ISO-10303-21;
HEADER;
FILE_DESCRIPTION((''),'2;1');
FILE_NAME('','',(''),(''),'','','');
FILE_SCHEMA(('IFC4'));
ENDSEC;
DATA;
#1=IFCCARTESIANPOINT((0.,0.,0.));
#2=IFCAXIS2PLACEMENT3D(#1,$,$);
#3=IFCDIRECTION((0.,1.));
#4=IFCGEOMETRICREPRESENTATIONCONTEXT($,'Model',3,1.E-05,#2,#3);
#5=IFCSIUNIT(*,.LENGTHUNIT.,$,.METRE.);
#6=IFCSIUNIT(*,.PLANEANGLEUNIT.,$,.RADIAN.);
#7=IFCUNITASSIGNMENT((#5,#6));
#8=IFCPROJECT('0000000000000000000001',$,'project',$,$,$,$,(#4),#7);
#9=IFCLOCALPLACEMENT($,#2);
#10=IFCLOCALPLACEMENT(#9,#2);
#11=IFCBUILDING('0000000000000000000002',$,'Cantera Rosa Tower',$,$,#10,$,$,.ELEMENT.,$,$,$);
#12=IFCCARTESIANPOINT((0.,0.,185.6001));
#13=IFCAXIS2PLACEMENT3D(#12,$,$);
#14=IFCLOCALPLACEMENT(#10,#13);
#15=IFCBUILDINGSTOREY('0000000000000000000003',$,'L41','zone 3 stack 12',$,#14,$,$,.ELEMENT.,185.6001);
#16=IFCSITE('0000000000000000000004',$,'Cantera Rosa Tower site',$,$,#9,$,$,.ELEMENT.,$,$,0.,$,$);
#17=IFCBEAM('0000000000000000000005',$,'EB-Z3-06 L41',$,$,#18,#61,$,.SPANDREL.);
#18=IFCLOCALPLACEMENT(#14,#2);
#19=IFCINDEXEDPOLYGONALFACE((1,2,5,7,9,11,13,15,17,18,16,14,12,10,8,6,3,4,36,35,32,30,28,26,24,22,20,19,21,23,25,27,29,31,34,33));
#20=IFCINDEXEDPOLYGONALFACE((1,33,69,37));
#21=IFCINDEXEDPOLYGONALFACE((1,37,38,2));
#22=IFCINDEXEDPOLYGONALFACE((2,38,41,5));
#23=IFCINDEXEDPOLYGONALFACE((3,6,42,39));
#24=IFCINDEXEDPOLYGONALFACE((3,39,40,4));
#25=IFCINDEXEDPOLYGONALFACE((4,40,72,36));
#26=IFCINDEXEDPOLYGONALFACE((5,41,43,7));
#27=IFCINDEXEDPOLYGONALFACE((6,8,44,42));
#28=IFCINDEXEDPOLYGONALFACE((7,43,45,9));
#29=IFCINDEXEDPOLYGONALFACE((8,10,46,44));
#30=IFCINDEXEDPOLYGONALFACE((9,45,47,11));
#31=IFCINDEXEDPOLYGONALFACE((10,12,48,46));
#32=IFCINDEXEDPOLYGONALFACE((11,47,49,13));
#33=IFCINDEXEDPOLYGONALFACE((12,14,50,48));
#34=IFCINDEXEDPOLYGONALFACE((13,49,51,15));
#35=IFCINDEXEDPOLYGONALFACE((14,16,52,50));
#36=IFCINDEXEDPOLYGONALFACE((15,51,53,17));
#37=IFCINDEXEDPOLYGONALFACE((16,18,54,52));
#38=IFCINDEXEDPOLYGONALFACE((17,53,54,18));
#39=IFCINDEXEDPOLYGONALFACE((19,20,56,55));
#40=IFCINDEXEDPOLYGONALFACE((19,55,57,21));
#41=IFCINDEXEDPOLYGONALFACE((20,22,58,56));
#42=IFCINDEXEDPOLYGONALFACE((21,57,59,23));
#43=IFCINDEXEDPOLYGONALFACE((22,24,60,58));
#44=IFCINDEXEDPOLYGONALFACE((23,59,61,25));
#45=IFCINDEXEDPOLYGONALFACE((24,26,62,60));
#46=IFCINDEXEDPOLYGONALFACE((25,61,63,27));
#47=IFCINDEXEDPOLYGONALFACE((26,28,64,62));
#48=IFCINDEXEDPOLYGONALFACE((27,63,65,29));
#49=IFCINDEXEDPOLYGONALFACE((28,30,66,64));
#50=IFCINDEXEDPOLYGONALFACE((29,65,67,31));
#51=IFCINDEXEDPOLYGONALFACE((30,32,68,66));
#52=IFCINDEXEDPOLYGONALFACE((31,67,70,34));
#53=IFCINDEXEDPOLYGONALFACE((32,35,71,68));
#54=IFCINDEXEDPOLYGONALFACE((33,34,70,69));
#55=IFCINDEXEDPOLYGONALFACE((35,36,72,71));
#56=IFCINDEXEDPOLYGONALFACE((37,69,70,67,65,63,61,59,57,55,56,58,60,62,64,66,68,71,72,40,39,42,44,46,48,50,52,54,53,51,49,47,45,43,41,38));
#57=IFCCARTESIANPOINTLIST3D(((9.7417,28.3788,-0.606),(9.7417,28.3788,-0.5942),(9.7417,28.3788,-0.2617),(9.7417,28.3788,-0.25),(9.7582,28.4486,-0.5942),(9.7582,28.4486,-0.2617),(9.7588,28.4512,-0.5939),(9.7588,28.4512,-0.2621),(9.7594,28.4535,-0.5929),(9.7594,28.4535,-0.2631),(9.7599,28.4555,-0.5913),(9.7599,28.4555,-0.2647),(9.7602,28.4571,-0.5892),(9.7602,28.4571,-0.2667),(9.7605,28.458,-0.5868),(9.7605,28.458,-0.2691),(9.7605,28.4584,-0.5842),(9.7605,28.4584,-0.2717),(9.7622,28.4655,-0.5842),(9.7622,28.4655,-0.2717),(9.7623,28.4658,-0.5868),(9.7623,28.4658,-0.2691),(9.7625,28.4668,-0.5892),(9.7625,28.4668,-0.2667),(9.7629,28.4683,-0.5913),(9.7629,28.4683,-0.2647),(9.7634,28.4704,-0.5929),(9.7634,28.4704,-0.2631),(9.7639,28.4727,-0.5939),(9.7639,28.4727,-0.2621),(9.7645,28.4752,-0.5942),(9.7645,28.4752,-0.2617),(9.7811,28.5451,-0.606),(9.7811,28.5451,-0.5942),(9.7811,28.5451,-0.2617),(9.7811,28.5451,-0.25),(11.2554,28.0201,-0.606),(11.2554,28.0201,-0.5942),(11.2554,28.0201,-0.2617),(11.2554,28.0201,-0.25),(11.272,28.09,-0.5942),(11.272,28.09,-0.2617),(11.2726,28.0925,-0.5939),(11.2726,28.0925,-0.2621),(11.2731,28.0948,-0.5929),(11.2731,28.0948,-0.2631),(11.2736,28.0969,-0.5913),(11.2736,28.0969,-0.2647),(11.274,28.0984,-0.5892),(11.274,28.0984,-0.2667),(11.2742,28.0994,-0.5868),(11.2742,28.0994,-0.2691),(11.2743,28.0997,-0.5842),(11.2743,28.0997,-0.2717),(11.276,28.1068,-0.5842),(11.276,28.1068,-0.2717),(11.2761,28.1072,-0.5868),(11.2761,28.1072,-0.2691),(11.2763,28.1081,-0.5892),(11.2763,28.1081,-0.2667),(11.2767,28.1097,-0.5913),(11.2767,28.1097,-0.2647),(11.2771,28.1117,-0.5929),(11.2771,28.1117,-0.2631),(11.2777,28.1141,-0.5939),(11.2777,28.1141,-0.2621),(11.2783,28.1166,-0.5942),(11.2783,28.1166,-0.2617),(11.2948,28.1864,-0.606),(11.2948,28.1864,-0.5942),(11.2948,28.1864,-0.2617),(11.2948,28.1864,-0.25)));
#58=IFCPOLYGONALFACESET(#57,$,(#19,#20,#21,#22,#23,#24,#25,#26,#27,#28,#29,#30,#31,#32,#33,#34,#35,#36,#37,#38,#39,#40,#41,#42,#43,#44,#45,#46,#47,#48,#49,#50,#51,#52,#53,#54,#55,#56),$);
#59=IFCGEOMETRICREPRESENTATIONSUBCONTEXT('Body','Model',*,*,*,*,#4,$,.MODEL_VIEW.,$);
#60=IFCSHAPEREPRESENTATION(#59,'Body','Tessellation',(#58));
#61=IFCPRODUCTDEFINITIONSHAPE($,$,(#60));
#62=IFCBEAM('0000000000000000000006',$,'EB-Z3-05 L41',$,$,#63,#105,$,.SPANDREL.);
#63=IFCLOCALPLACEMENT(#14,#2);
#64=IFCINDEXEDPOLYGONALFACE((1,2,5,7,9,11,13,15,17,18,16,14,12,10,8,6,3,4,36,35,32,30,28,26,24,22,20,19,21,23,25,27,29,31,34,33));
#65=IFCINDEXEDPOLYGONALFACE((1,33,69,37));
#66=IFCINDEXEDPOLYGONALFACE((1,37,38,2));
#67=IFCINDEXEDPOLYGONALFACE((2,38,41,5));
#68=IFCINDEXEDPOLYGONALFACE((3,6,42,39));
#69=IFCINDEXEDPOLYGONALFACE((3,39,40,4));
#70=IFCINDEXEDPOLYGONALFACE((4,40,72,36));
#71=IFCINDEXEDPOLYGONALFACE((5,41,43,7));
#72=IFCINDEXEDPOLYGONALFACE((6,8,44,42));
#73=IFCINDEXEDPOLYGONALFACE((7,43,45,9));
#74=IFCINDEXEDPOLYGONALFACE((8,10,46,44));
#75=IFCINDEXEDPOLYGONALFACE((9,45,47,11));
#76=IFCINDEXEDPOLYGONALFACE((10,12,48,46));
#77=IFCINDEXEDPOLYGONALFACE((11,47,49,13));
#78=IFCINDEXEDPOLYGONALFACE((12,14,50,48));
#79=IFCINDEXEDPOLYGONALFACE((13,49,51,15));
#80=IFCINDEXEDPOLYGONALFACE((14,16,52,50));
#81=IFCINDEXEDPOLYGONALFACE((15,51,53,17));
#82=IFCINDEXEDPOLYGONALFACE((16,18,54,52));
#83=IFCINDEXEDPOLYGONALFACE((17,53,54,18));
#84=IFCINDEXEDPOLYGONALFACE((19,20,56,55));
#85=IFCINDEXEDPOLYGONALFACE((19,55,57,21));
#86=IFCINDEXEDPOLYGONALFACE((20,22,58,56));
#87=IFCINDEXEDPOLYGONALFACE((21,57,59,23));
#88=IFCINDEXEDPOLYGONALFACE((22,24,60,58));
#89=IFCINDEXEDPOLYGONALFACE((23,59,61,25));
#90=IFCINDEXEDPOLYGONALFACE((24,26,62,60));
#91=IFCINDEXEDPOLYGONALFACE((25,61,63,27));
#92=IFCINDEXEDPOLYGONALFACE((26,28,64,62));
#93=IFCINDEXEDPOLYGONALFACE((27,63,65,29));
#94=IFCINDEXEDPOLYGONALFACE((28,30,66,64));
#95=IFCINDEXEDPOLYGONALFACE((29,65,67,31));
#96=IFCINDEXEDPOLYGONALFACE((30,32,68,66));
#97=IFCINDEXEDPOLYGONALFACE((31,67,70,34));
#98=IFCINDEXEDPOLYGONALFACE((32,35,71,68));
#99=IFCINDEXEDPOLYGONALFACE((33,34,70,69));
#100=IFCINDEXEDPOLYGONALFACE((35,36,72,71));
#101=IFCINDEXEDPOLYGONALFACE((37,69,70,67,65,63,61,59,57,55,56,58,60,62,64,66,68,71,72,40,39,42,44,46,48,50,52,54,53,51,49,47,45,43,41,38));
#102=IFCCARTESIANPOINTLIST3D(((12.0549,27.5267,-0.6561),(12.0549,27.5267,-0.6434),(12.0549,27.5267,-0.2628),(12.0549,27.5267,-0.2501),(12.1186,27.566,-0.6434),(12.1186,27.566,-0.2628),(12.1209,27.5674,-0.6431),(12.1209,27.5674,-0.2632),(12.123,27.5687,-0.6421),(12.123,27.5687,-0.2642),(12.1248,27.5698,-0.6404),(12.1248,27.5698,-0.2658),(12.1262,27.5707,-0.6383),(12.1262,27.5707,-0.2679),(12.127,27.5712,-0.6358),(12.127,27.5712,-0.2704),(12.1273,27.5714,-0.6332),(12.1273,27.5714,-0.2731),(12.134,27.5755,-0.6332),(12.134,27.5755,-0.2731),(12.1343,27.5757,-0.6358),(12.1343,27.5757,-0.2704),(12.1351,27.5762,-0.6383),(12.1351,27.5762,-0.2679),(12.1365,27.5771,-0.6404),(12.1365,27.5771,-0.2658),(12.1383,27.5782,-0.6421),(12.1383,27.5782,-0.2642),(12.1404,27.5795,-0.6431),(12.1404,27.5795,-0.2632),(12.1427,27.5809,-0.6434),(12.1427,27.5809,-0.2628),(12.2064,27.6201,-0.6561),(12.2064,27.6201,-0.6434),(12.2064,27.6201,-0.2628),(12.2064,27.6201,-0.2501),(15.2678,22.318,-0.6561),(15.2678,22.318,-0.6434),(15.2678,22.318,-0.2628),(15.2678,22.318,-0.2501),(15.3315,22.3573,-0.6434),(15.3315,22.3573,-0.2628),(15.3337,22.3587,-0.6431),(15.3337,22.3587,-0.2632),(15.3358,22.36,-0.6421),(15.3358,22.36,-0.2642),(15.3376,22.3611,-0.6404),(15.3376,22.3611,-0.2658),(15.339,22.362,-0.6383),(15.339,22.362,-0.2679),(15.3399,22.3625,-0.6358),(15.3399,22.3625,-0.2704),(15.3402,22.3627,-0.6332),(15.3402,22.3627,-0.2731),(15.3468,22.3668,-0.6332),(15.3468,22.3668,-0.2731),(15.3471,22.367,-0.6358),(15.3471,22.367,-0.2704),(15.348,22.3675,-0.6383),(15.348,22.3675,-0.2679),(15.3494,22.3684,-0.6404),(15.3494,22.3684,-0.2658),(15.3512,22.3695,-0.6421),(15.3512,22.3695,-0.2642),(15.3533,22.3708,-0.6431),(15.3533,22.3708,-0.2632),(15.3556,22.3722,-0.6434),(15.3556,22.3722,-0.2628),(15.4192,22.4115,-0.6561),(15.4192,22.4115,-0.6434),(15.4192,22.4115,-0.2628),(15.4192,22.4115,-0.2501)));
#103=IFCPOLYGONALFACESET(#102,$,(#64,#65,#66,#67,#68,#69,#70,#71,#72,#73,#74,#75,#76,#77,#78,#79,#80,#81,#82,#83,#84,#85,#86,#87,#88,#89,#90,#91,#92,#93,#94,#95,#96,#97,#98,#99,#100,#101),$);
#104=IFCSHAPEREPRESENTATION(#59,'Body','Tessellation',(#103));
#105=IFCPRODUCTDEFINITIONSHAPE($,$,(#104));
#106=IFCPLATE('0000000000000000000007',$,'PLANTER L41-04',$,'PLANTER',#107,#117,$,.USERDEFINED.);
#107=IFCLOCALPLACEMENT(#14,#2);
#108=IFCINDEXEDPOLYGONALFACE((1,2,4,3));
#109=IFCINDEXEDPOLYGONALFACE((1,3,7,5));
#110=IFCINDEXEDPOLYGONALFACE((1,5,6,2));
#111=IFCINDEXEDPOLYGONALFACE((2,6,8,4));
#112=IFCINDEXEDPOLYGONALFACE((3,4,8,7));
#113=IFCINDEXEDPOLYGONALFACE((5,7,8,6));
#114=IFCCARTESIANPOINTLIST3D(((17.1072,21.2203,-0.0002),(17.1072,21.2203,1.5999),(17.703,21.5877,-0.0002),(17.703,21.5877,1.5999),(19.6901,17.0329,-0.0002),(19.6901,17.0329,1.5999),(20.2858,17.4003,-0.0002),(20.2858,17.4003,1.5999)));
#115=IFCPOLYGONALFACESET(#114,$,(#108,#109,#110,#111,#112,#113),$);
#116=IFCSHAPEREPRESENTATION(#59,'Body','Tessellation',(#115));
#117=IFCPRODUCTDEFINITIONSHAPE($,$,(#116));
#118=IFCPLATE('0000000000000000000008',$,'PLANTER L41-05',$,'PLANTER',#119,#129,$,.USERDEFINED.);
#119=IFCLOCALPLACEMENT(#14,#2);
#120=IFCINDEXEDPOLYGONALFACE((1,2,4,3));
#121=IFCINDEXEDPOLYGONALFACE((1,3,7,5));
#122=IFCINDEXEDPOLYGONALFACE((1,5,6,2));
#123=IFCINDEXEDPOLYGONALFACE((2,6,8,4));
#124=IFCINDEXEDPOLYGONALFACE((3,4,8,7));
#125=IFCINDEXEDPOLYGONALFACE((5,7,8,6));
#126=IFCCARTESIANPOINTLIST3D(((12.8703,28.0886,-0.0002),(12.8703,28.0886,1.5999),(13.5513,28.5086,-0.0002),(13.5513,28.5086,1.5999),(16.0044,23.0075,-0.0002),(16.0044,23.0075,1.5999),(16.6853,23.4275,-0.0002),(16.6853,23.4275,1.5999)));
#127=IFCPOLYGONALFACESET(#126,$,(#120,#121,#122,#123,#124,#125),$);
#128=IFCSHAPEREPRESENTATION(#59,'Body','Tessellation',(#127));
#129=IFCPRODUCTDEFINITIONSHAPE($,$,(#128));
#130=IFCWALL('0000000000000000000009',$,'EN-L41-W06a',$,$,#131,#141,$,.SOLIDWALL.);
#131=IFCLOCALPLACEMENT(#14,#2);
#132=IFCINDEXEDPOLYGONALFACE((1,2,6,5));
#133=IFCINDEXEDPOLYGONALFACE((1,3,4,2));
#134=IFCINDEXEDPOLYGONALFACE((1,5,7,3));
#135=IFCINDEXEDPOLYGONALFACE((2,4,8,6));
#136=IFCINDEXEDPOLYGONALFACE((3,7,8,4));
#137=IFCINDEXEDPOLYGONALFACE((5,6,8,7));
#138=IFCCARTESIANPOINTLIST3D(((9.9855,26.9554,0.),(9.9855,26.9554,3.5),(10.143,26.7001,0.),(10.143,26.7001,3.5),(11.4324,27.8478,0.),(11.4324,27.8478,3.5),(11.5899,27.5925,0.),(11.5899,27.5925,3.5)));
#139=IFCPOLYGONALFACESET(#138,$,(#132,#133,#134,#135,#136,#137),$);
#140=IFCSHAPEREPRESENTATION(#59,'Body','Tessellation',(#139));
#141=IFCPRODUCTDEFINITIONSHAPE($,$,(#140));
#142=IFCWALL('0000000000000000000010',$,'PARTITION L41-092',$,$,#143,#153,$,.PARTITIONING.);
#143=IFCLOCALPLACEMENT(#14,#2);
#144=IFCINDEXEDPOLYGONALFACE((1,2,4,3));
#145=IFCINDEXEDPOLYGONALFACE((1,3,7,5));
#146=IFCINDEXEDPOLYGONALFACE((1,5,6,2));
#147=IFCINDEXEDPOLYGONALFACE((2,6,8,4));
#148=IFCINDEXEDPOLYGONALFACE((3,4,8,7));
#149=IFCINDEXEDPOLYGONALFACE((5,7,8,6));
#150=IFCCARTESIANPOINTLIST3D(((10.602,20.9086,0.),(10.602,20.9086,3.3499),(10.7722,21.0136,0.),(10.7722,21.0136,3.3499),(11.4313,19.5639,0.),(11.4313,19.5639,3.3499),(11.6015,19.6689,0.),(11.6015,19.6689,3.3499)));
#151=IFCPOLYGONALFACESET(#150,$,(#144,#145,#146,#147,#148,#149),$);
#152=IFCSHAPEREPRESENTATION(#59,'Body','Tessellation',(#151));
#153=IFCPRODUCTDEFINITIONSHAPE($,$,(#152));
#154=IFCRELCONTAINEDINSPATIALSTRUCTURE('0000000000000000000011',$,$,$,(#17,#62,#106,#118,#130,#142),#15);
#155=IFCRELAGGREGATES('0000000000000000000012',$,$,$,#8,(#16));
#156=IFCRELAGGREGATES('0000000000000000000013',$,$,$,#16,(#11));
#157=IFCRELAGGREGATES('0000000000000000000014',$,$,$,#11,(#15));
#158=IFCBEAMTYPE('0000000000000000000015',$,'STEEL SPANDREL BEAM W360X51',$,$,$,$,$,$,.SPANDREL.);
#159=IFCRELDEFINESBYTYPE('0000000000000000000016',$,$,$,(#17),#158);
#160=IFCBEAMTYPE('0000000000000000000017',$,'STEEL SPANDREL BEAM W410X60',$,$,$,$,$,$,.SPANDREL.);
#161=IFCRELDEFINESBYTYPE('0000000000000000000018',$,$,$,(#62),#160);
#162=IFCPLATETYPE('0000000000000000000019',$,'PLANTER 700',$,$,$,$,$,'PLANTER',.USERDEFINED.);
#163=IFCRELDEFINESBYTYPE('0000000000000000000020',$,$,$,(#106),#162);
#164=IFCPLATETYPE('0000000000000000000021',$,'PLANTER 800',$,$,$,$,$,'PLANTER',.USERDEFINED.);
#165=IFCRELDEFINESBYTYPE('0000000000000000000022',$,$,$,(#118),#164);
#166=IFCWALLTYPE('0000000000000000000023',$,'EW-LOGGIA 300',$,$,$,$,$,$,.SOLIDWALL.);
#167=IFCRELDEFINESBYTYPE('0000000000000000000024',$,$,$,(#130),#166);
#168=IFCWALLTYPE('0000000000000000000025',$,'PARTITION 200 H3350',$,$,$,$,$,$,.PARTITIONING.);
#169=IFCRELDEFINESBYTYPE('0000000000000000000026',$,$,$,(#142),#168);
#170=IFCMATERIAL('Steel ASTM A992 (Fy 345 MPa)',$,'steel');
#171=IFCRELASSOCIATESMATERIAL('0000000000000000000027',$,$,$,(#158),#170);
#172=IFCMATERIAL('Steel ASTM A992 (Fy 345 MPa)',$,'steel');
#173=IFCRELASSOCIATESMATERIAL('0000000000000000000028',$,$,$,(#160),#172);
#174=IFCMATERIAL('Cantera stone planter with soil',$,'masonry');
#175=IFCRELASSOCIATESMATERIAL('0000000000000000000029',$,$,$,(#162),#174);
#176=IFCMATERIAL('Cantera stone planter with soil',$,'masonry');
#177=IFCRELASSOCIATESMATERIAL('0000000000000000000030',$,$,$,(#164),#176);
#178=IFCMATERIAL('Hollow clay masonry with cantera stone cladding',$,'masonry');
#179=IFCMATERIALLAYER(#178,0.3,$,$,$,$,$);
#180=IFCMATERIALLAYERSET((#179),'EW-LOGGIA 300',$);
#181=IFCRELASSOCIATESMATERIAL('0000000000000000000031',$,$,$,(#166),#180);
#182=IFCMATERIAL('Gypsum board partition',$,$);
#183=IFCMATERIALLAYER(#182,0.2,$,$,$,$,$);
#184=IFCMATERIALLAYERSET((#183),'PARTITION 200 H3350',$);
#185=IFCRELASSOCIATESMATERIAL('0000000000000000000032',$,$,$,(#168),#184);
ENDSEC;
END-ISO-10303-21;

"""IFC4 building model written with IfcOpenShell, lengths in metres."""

from ifc_helpers import new_model, si_unit, direction, frame, frame_2d, origin, origin_2d, place, context, subcontext, project, spatial, rectangle, i_section, extrude, material, layer, layer_set, material_profile, profile_set, type_object, element, save


model = new_model("IFC4")

# Units and contexts
model_context = context("Model", 3, precision=1e-05, world=origin(), true_north=direction((0.0, 1.0)))
body_context = subcontext(model_context, "Body", "Model", "MODEL_VIEW")
ifc_project = project(units=[si_unit("LENGTHUNIT", "METRE"), si_unit("PLANEANGLEUNIT", "RADIAN")], contexts=[model_context])

# Site, building, storey
site_placement = place(None, origin())
site = spatial("IfcSite", under=ifc_project, at=site_placement, Name="Cantera Rosa Tower site", CompositionType="ELEMENT", RefElevation=0.0)
building_placement = place(site_placement, origin())
building = spatial("IfcBuilding", under=site, at=building_placement, Name="Cantera Rosa Tower", CompositionType="ELEMENT")
storey_placement = place(building_placement, frame((0.0, 0.0, 185.6001)))
storey = spatial("IfcBuildingStorey", under=building, at=storey_placement, Name="L41", Description="zone 3 stack 12", CompositionType="ELEMENT", Elevation=185.6001)

# Beams
ifc_material_1 = material(Name="Steel ASTM A992 (Fy 345 MPa)", Category="steel")
ifc_material_profile_1 = material_profile(ifc_material_1, i_section(OverallWidth=0.1709, OverallDepth=0.356, WebThickness=0.0073, FlangeThickness=0.0117, FilletRadius=0.01, at=origin_2d()), Name="W360X51")
ifc_profile_set_1 = profile_set([ifc_material_profile_1], Name="Steel ASTM A992 (Fy 345 MPa)")
beam_type_1 = type_object("IfcBeamType", Name="STEEL SPANDREL BEAM W360X51", PredefinedType="SPANDREL", material=ifc_profile_set_1)
beam_1_placement = place(storey_placement, frame((11.2751, 28.1033, -0.428), z_axis=(-0.97306, 0.230552, 0.0), x_axis=(-0.230552, -0.97306, 0.0)))
element("IfcBeam", 1, at=beam_1_placement, inside=storey, type_object=beam_type_1, Name="EB-Z3-06 L41", PredefinedType="SPANDREL", context=body_context, shape_type="SweptSolid", body=[
    extrude(i_section(OverallWidth=0.1709, OverallDepth=0.356, WebThickness=0.0073, FlangeThickness=0.0117, FilletRadius=0.01, at=origin_2d()), origin(), (0.0, 0.0, 1.0), 1.5557),
])
ifc_material_2 = material(Name="Steel ASTM A992 (Fy 345 MPa)", Category="steel")
ifc_material_profile_2 = material_profile(ifc_material_2, i_section(OverallWidth=0.178, OverallDepth=0.406, WebThickness=0.0078, FlangeThickness=0.0127, FilletRadius=0.0103, at=origin_2d()), Name="W410X60")
ifc_profile_set_2 = profile_set([ifc_material_profile_2], Name="Steel ASTM A992 (Fy 345 MPa)")
beam_type_2 = type_object("IfcBeamType", Name="STEEL SPANDREL BEAM W410X60", PredefinedType="SPANDREL", material=ifc_profile_set_2)
beam_2_placement = place(storey_placement, frame((15.3435, 22.3647, -0.4531), z_axis=(-0.524987, 0.85111, 0.0), x_axis=(-0.85111, -0.524987, 0.0)))
element("IfcBeam", 2, at=beam_2_placement, inside=storey, type_object=beam_type_2, Name="EB-Z3-05 L41", PredefinedType="SPANDREL", context=body_context, shape_type="SweptSolid", body=[
    extrude(i_section(OverallWidth=0.178, OverallDepth=0.406, WebThickness=0.0078, FlangeThickness=0.0127, FilletRadius=0.0103, at=origin_2d()), origin(), (0.0, 0.0, 1.0), 6.1199),
])

# Plates
ifc_material_3 = material(Name="Cantera stone planter with soil", Category="masonry")
plate_type_1 = type_object("IfcPlateType", Name="PLANTER 700", ElementType="PLANTER", PredefinedType="USERDEFINED", material=ifc_material_3)
plate_1_placement = place(storey_placement, frame((18.6965, 19.3103, -0.0002), z_axis=(0.0, 0.0, 1.0), x_axis=(-0.524977, 0.851117, 0.0)))
element("IfcPlate", 3, at=plate_1_placement, inside=storey, type_object=plate_type_1, Name="PLANTER L41-04", ObjectType="PLANTER", PredefinedType="USERDEFINED", context=body_context, shape_type="SweptSolid", body=[
    extrude(rectangle(XDim=4.9199, YDim=0.7, at=origin_2d()), origin(), (0.0, 0.0, 1.0), 1.6001),
])
ifc_material_4 = material(Name="Cantera stone planter with soil", Category="masonry")
plate_type_2 = type_object("IfcPlateType", Name="PLANTER 800", ElementType="PLANTER", PredefinedType="USERDEFINED", material=ifc_material_4)
plate_2_placement = place(storey_placement, frame((14.7778, 25.7581, -0.0002), z_axis=(0.0, 0.0, 1.0), x_axis=(-0.524977, 0.851117, 0.0)))
element("IfcPlate", 4, at=plate_2_placement, inside=storey, type_object=plate_type_2, Name="PLANTER L41-05", ObjectType="PLANTER", PredefinedType="USERDEFINED", context=body_context, shape_type="SweptSolid", body=[
    extrude(rectangle(XDim=5.97, YDim=0.8, at=origin_2d()), origin(), (0.0, 0.0, 1.0), 1.6001),
])

# Wall
ifc_material_5 = material(Name="Hollow clay masonry with cantera stone cladding", Category="masonry")
ifc_layer_1 = layer(ifc_material_5, 0.3)
ifc_layer_set_1 = layer_set([ifc_layer_1], Name="EW-LOGGIA 300")
wall_type_1 = type_object("IfcWallType", Name="EW-LOGGIA 300", PredefinedType="SOLIDWALL", material=ifc_layer_set_1)
wall_1_placement = place(storey_placement, frame((11.5112, 27.7202, 0.0), z_axis=(0.0, 0.0, 1.0), x_axis=(-0.85113, -0.524955, 0.0)))
element("IfcWall", 5, at=wall_1_placement, inside=storey, type_object=wall_type_1, Name="EN-L41-W06a", PredefinedType="SOLIDWALL", context=body_context, shape_type="SweptSolid", body=[
    extrude(rectangle(XDim=1.7, YDim=0.3, at=frame_2d((0.8501, 0.0))), origin(), (0.0, 0.0, 1.0), 3.5),
])

# Wall
ifc_material_6 = material(Name="Gypsum board partition")
ifc_layer_2 = layer(ifc_material_6, 0.2)
ifc_layer_set_2 = layer_set([ifc_layer_2], Name="PARTITION 200 H3350")
wall_type_2 = type_object("IfcWallType", Name="PARTITION 200 H3350", PredefinedType="PARTITIONING", material=ifc_layer_set_2)
wall_2_placement = place(storey_placement, frame((10.687, 20.9612, 0.0), z_axis=(0.0, 0.0, 1.0), x_axis=(0.524933, -0.851143, 0.0)))
element("IfcWall", 6, at=wall_2_placement, inside=storey, type_object=wall_type_2, Name="PARTITION L41-092", PredefinedType="PARTITIONING", context=body_context, shape_type="SweptSolid", body=[
    extrude(rectangle(XDim=1.5798, YDim=0.2, at=frame_2d((0.79, 0.0))), origin(), (0.0, 0.0, 1.0), 3.3499),
])

save(model, "model.ifc")
